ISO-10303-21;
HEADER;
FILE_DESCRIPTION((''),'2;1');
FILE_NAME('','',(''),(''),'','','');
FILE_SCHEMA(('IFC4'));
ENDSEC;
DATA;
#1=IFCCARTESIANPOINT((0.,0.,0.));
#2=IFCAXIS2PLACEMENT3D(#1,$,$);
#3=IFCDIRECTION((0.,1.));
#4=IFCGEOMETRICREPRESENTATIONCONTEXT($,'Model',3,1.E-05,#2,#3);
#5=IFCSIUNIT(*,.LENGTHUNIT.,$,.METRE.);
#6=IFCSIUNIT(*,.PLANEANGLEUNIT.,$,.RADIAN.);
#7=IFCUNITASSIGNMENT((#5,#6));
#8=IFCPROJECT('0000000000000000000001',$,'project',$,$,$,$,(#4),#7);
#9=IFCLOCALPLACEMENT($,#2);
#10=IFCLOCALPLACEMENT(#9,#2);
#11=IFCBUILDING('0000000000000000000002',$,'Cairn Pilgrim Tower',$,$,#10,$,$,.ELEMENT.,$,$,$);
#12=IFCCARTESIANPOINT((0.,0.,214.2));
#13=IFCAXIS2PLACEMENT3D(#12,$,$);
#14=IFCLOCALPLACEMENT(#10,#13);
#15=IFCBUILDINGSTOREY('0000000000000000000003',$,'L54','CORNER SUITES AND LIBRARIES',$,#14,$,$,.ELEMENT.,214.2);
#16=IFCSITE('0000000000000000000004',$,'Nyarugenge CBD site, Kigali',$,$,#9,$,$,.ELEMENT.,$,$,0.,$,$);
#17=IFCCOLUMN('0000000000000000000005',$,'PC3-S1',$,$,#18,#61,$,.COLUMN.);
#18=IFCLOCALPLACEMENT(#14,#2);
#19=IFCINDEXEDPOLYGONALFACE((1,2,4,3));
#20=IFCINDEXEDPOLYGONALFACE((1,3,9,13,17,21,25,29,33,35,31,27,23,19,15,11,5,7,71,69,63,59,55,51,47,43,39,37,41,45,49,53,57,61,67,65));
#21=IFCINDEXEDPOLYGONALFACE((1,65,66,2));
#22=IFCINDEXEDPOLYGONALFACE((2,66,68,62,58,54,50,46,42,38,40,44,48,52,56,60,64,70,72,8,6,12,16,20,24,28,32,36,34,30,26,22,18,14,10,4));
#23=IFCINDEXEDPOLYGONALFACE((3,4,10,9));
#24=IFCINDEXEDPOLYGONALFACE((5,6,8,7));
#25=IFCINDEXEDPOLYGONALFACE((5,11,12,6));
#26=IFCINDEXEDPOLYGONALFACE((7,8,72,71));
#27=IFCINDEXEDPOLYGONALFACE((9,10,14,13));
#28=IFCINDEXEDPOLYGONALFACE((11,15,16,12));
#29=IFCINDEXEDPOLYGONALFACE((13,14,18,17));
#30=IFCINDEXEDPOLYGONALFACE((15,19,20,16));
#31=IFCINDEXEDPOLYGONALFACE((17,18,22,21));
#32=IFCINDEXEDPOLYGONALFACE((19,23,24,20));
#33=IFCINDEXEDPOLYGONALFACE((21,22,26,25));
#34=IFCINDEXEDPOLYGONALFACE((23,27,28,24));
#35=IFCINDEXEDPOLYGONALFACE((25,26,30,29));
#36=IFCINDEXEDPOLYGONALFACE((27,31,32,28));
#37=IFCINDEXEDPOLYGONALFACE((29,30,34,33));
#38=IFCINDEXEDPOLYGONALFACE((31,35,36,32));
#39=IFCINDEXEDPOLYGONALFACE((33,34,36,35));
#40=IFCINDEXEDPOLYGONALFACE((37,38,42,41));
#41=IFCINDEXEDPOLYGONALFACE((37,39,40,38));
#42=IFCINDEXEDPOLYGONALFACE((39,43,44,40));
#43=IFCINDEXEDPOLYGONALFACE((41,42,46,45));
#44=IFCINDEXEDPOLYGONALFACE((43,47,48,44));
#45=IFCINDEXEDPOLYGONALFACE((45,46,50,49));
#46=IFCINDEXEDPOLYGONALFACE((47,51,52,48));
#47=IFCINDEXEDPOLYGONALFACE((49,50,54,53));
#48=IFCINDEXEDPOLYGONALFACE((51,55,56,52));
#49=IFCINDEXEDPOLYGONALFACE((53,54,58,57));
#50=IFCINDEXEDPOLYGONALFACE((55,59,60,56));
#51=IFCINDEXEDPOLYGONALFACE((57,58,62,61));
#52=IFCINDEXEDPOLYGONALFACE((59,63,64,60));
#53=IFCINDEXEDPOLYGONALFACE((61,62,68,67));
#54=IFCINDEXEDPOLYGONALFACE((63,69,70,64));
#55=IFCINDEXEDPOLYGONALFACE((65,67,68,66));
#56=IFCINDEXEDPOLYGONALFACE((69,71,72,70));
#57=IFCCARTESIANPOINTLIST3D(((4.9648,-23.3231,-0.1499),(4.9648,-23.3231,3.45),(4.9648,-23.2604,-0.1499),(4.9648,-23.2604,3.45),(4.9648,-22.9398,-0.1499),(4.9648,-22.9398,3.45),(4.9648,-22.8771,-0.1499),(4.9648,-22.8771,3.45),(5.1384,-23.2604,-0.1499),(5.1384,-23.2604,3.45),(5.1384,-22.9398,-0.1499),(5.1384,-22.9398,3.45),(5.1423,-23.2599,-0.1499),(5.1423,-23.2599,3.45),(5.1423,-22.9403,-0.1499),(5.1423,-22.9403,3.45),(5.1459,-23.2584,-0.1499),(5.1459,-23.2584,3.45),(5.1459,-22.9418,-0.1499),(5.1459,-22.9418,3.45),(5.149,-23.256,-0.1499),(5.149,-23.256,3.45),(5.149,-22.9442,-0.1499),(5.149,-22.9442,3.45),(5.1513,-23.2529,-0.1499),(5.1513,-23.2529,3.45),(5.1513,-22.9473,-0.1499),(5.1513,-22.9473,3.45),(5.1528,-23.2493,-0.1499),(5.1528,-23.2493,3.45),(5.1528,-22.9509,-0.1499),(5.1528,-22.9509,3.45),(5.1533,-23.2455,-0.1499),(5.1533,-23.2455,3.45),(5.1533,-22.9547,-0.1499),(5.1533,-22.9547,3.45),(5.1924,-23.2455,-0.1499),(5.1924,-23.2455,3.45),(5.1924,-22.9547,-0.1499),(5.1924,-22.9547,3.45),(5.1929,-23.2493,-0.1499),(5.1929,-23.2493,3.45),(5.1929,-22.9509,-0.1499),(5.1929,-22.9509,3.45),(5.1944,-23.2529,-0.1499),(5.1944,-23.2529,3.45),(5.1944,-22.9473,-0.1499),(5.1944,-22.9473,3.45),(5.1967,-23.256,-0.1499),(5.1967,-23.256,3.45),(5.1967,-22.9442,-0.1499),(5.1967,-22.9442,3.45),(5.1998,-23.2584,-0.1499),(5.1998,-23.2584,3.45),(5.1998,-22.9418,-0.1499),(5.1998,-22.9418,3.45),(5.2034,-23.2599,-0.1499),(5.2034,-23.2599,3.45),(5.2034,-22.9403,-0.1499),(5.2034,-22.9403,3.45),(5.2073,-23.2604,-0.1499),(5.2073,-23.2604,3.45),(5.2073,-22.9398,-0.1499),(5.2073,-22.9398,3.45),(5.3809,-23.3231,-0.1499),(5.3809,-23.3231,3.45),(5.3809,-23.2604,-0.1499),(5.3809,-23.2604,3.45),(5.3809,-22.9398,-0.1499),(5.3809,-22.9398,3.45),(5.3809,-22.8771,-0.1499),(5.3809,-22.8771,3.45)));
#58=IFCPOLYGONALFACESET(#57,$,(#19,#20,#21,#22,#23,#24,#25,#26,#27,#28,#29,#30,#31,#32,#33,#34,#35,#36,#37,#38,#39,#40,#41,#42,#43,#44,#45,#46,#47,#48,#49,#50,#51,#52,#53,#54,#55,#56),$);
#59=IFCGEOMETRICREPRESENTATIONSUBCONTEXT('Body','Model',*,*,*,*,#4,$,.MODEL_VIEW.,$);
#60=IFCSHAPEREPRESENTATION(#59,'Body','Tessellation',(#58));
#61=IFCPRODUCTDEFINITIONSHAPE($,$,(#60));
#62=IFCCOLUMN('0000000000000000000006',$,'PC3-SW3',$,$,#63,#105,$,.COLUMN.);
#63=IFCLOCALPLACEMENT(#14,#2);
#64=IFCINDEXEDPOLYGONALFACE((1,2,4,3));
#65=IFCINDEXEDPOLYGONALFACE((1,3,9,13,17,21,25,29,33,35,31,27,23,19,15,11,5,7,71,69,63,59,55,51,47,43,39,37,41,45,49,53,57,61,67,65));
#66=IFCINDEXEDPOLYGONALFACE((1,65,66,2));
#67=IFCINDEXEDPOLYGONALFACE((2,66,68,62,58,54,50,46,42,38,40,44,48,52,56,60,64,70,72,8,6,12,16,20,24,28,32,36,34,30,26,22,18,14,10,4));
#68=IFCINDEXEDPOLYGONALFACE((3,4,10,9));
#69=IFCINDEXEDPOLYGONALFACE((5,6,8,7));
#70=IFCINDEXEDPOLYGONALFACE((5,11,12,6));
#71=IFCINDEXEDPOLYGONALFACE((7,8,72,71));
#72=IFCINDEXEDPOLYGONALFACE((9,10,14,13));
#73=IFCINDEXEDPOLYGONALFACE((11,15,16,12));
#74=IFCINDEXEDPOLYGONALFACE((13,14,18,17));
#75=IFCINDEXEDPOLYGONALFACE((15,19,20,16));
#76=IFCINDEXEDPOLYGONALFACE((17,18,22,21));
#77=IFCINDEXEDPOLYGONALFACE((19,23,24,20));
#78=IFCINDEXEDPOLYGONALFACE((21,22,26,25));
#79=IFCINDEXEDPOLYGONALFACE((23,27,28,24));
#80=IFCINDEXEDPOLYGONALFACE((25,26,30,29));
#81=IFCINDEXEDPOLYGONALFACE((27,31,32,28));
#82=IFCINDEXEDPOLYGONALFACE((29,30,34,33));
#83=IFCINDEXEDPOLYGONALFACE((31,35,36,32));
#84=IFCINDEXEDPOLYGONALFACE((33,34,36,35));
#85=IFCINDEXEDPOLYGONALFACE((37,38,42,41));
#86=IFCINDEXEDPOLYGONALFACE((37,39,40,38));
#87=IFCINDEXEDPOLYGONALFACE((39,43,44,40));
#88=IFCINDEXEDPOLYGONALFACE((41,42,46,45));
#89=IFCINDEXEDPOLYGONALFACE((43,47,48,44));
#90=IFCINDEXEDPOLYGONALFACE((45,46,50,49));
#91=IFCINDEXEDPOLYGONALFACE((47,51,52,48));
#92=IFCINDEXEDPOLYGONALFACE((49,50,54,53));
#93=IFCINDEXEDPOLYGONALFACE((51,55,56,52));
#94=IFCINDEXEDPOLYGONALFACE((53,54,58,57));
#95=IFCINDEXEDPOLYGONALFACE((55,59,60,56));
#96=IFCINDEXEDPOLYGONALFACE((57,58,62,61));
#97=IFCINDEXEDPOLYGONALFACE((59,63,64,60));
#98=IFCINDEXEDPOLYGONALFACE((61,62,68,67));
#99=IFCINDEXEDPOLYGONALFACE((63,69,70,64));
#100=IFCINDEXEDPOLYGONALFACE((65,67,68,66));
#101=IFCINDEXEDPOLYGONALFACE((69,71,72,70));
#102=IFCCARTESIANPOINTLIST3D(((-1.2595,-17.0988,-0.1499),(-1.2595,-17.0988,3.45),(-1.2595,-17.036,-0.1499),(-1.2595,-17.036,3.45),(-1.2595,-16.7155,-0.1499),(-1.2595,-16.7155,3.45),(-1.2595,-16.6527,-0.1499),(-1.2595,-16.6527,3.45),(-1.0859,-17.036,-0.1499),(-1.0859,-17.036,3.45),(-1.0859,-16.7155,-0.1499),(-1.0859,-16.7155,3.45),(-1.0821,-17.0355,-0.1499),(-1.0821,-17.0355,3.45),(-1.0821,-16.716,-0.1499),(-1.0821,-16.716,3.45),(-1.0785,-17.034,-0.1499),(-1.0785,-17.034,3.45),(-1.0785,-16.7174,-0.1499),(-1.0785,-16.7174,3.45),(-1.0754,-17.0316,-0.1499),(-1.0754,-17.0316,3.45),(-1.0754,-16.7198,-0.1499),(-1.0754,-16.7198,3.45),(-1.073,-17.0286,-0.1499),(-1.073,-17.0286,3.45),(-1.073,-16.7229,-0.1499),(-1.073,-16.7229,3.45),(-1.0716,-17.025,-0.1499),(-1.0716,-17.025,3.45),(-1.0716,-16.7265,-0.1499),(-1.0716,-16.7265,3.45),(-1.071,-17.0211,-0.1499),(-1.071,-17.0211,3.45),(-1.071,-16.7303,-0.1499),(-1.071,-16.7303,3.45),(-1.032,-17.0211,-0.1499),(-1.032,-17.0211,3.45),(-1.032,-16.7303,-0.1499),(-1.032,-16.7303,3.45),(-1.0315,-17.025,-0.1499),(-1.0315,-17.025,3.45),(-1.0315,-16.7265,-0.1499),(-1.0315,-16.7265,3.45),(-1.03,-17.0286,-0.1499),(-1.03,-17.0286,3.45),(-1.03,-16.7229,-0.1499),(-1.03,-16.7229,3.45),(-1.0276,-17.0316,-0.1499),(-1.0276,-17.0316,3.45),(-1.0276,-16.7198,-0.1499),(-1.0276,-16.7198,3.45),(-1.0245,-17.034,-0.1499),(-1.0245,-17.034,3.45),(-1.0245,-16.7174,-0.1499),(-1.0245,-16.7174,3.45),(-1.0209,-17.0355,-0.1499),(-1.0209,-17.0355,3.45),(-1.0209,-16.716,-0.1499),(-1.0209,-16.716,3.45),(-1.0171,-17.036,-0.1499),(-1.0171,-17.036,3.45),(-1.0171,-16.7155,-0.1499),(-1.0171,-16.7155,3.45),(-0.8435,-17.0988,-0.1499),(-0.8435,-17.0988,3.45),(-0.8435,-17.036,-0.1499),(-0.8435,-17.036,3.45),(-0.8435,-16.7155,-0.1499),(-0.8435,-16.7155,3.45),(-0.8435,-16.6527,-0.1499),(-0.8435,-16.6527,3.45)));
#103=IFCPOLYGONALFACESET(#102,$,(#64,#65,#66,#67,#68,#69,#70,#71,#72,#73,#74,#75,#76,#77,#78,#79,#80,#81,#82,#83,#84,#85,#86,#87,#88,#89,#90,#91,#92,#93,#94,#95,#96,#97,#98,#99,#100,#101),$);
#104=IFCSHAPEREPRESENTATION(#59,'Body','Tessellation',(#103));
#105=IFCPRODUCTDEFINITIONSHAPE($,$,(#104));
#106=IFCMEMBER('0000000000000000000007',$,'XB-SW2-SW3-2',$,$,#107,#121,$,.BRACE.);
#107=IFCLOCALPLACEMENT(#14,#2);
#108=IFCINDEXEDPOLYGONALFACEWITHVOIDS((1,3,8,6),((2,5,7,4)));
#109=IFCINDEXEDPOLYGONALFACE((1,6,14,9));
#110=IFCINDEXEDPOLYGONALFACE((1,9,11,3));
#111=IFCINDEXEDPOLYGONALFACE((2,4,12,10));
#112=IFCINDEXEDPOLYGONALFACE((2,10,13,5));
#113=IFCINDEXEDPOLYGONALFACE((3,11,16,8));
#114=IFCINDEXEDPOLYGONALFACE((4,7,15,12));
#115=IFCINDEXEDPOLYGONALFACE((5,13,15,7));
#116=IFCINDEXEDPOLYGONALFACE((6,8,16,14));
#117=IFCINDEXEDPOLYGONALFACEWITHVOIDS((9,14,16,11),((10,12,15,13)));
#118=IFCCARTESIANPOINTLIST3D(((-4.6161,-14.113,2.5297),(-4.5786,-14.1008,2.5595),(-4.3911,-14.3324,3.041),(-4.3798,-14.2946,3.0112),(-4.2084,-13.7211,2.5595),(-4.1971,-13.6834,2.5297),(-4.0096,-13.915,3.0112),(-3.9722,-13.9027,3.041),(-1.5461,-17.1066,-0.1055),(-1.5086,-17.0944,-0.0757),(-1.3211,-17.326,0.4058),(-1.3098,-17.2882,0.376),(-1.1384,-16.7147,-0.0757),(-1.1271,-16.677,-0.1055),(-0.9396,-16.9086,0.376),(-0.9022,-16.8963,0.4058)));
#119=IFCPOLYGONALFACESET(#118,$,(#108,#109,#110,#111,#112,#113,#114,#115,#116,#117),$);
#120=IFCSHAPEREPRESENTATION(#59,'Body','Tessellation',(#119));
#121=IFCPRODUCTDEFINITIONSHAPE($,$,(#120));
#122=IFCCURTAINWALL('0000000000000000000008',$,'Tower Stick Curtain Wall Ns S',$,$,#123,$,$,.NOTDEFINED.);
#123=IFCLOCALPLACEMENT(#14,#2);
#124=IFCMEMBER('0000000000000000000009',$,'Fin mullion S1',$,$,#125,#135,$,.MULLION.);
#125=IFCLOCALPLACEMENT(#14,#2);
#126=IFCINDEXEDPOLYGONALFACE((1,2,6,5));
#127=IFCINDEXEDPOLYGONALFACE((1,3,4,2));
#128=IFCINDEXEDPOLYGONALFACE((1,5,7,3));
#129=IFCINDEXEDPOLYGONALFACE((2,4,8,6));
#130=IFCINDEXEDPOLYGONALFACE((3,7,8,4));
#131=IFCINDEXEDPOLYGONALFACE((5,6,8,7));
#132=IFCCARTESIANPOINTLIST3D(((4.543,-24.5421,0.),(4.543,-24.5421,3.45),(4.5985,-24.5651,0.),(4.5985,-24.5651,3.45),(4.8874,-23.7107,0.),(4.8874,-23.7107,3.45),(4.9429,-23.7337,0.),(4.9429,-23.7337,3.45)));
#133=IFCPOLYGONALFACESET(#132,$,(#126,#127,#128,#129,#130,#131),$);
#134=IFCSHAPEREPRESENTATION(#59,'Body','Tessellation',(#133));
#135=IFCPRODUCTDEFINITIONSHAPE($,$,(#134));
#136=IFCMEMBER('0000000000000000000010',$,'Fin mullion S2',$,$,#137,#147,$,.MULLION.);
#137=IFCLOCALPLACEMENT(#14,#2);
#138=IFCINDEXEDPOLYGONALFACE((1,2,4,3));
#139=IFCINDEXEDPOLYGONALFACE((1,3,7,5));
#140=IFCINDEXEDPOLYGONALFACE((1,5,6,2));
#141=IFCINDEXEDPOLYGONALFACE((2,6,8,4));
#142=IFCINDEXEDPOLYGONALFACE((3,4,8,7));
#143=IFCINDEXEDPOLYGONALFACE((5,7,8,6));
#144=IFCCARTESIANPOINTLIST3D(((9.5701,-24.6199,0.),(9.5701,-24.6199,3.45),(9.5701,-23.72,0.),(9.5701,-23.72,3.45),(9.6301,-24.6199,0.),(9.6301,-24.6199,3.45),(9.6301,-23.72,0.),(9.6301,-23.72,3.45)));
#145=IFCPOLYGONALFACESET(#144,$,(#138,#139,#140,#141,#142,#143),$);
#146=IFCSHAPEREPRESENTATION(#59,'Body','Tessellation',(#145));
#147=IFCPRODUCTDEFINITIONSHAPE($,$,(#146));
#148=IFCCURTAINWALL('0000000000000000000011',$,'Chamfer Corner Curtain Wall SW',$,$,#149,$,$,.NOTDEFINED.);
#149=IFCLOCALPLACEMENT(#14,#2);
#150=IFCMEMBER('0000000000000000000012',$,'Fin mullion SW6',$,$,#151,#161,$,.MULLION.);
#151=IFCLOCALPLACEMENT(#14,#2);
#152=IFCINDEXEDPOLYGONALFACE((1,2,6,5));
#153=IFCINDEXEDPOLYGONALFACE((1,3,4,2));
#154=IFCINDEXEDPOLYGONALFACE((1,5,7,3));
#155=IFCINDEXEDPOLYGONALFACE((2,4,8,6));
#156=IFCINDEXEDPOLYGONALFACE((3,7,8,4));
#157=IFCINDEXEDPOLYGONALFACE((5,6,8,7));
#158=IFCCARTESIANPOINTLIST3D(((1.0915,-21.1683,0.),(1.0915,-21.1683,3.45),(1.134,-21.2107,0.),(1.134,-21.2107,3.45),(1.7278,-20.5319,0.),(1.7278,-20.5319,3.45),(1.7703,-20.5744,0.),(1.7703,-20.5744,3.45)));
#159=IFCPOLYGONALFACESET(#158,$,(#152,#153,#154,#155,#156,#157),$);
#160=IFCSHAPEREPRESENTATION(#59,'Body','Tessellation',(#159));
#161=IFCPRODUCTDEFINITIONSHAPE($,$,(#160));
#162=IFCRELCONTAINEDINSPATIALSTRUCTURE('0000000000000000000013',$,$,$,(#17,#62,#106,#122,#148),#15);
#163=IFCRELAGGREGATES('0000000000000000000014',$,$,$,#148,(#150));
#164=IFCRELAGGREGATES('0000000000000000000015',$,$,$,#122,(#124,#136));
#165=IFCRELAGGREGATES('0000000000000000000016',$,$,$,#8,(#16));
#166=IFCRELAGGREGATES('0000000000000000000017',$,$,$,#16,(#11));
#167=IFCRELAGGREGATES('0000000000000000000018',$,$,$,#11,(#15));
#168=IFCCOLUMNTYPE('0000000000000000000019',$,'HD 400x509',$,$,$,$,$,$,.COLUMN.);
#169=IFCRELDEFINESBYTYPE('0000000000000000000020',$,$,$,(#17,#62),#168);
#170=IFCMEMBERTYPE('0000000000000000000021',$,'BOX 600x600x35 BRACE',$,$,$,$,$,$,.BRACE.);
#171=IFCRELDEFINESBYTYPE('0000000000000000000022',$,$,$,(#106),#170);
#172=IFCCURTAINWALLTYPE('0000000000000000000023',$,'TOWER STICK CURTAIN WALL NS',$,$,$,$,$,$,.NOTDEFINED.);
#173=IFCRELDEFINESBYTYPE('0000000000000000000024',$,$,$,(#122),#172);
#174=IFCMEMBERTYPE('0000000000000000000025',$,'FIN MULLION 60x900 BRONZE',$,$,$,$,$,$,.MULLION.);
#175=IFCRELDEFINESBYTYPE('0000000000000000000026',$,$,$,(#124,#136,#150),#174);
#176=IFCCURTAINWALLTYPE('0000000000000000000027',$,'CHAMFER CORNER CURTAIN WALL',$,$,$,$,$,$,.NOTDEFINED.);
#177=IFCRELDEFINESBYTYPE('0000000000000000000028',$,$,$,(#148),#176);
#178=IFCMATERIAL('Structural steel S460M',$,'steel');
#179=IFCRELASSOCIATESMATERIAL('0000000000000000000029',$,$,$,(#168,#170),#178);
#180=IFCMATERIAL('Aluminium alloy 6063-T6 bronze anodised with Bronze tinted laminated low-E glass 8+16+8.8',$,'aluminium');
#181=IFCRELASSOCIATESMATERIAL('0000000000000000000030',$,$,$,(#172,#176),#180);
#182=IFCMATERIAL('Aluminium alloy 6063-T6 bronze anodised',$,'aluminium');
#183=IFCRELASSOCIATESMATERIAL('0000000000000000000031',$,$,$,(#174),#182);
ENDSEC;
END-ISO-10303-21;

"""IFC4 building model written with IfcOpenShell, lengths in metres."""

from ifc_helpers import new_model, si_unit, direction, frame, origin, origin_2d, place, context, subcontext, project, spatial, rectangle, hollow_rectangle, i_section, extrude, material, material_profile, profile_set, type_object, element, aggregate, save


model = new_model("IFC4")

# Units and contexts
model_context = context("Model", 3, precision=1e-05, world=origin(), true_north=direction((0.0, 1.0)))
body_context = subcontext(model_context, "Body", "Model", "MODEL_VIEW")
ifc_project = project(units=[si_unit("LENGTHUNIT", "METRE"), si_unit("PLANEANGLEUNIT", "RADIAN")], contexts=[model_context])

# Site, building, storey
site_placement = place(None, origin())
site = spatial("IfcSite", under=ifc_project, at=site_placement, Name="Nyarugenge CBD site, Kigali", CompositionType="ELEMENT", RefElevation=0.0)
building_placement = place(site_placement, origin())
building = spatial("IfcBuilding", under=site, at=building_placement, Name="Cairn Pilgrim Tower", CompositionType="ELEMENT")
storey_placement = place(building_placement, frame((0.0, 0.0, 214.2)))
storey = spatial("IfcBuildingStorey", under=building, at=storey_placement, Name="L54", Description="CORNER SUITES AND LIBRARIES", CompositionType="ELEMENT", Elevation=214.2)

# Columns
ifc_material_1 = material(Name="Structural steel S460M", Category="steel")
ifc_material_profile_1 = material_profile(ifc_material_1, i_section(OverallWidth=0.416, OverallDepth=0.446, WebThickness=0.0391, FlangeThickness=0.0627, FilletRadius=0.0149, at=origin_2d()), Name="HD 400x509")
ifc_profile_set_1 = profile_set([ifc_material_profile_1], Name="Structural steel S460M")
column_type = type_object("IfcColumnType", Name="HD 400x509", PredefinedType="COLUMN", material=ifc_profile_set_1)
for number, where, z_axis, x_axis, name in (
    (1, (5.1729, -23.1001, -0.1499), (0.0, 0.0, 1.0), (1.0, 0.0, 0.0), "PC3-S1"),
    (2, (-1.0515, -16.8757, -0.1499), (0.0, 0.0, 1.0), (1.0, 0.0, 0.0), "PC3-SW3"),
):
    element("IfcColumn", number, at=place(storey_placement, frame(where, z_axis=z_axis, x_axis=x_axis)), inside=storey, type_object=column_type, Name=name, PredefinedType="COLUMN", context=body_context, shape_type="SweptSolid", body=[
        extrude(i_section(OverallWidth=0.416, OverallDepth=0.446, WebThickness=0.0391, FlangeThickness=0.0627, FilletRadius=0.0149, at=origin_2d()), origin(), (0.0, 0.0, 1.0), 3.5999),
    ])

# Member
ifc_material_profile_2 = material_profile(ifc_material_1, hollow_rectangle(XDim=0.6001, YDim=0.6001, WallThickness=0.0349, at=origin_2d()), Name="BOX 600x600x35")
ifc_profile_set_2 = profile_set([ifc_material_profile_2], Name="Structural steel S460M")
member_type_1 = type_object("IfcMemberType", Name="BOX 600x600x35 BRACE", PredefinedType="BRACE", material=ifc_profile_set_2)
member_1_placement = place(storey_placement, frame((-1.2241, -17.0015, 0.1501), z_axis=(-0.609979, 0.594796, 0.523587), x_axis=(-0.69814, -0.715961, 0.0)))
element("IfcMember", 3, at=member_1_placement, inside=storey, type_object=member_type_1, Name="XB-SW2-SW3-2", PredefinedType="BRACE", context=body_context, shape_type="SweptSolid", body=[
    extrude(hollow_rectangle(XDim=0.6001, YDim=0.6001, WallThickness=0.0349, at=origin_2d()), origin(), (0.0, 0.0, 1.0), 5.033),
])

# Curtain wall, members
ifc_material_2 = material(Name="Aluminium alloy 6063-T6 bronze anodised with Bronze tinted laminated low-E glass 8+16+8.8", Category="aluminium")
curtain_wall_type_1 = type_object("IfcCurtainWallType", Name="TOWER STICK CURTAIN WALL NS", PredefinedType="NOTDEFINED", material=ifc_material_2)
curtain_wall_1_placement = place(storey_placement, origin())
curtain_wall_1 = element("IfcCurtainWall", 4, at=curtain_wall_1_placement, inside=storey, type_object=curtain_wall_type_1, Name="Tower Stick Curtain Wall Ns S", PredefinedType="NOTDEFINED")
ifc_material_3 = material(Name="Aluminium alloy 6063-T6 bronze anodised", Category="aluminium")
ifc_material_profile_3 = material_profile(ifc_material_3, rectangle(XDim=0.8999, YDim=0.0601, at=origin_2d()), Name="FIN MULLION 60x900 BRONZE")
ifc_profile_set_3 = profile_set([ifc_material_profile_3], Name="Aluminium alloy 6063-T6 bronze anodised")
member_type_2 = type_object("IfcMemberType", Name="FIN MULLION 60x900 BRONZE", PredefinedType="MULLION", material=ifc_profile_set_3)
member_2_placement = place(storey_placement, frame((4.7429, -24.1379, 0.0), z_axis=(0.0, 0.0, 1.0), x_axis=(-0.382683, -0.92388, 0.0)))
member_2 = element("IfcMember", 5, at=member_2_placement, type_object=member_type_2, Name="Fin mullion S1", PredefinedType="MULLION", context=body_context, shape_type="SweptSolid", body=[
    extrude(rectangle(XDim=0.8999, YDim=0.0601, at=origin_2d()), origin(), (0.0, 0.0, 1.0), 3.45),
])
member_3_placement = place(storey_placement, frame((9.6001, -24.1699, 0.0), z_axis=(0.0, 0.0, 1.0), x_axis=(0.0, -1.0, 0.0)))
member_3 = element("IfcMember", 6, at=member_3_placement, type_object=member_type_2, Name="Fin mullion S2", PredefinedType="MULLION", context=body_context, shape_type="SweptSolid", body=[
    extrude(rectangle(XDim=0.8999, YDim=0.0601, at=origin_2d()), origin(), (0.0, 0.0, 1.0), 3.45),
])

# Curtain wall, member
curtain_wall_type_2 = type_object("IfcCurtainWallType", Name="CHAMFER CORNER CURTAIN WALL", PredefinedType="NOTDEFINED", material=ifc_material_2)
curtain_wall_2_placement = place(storey_placement, origin())
curtain_wall_2 = element("IfcCurtainWall", 7, at=curtain_wall_2_placement, inside=storey, type_object=curtain_wall_type_2, Name="Chamfer Corner Curtain Wall SW", PredefinedType="NOTDEFINED")
member_4_placement = place(storey_placement, frame((1.4309, -20.8713, 0.0), z_axis=(0.0, 0.0, 1.0), x_axis=(-0.707107, -0.707107, 0.0)))
member_4 = element("IfcMember", 8, at=member_4_placement, type_object=member_type_2, Name="Fin mullion SW6", PredefinedType="MULLION", context=body_context, shape_type="SweptSolid", body=[
    extrude(rectangle(XDim=0.8999, YDim=0.0601, at=origin_2d()), origin(), (0.0, 0.0, 1.0), 3.45),
])

aggregate(curtain_wall_2, [member_4])
aggregate(curtain_wall_1, [member_2, member_3])

save(model, "model.ifc")
